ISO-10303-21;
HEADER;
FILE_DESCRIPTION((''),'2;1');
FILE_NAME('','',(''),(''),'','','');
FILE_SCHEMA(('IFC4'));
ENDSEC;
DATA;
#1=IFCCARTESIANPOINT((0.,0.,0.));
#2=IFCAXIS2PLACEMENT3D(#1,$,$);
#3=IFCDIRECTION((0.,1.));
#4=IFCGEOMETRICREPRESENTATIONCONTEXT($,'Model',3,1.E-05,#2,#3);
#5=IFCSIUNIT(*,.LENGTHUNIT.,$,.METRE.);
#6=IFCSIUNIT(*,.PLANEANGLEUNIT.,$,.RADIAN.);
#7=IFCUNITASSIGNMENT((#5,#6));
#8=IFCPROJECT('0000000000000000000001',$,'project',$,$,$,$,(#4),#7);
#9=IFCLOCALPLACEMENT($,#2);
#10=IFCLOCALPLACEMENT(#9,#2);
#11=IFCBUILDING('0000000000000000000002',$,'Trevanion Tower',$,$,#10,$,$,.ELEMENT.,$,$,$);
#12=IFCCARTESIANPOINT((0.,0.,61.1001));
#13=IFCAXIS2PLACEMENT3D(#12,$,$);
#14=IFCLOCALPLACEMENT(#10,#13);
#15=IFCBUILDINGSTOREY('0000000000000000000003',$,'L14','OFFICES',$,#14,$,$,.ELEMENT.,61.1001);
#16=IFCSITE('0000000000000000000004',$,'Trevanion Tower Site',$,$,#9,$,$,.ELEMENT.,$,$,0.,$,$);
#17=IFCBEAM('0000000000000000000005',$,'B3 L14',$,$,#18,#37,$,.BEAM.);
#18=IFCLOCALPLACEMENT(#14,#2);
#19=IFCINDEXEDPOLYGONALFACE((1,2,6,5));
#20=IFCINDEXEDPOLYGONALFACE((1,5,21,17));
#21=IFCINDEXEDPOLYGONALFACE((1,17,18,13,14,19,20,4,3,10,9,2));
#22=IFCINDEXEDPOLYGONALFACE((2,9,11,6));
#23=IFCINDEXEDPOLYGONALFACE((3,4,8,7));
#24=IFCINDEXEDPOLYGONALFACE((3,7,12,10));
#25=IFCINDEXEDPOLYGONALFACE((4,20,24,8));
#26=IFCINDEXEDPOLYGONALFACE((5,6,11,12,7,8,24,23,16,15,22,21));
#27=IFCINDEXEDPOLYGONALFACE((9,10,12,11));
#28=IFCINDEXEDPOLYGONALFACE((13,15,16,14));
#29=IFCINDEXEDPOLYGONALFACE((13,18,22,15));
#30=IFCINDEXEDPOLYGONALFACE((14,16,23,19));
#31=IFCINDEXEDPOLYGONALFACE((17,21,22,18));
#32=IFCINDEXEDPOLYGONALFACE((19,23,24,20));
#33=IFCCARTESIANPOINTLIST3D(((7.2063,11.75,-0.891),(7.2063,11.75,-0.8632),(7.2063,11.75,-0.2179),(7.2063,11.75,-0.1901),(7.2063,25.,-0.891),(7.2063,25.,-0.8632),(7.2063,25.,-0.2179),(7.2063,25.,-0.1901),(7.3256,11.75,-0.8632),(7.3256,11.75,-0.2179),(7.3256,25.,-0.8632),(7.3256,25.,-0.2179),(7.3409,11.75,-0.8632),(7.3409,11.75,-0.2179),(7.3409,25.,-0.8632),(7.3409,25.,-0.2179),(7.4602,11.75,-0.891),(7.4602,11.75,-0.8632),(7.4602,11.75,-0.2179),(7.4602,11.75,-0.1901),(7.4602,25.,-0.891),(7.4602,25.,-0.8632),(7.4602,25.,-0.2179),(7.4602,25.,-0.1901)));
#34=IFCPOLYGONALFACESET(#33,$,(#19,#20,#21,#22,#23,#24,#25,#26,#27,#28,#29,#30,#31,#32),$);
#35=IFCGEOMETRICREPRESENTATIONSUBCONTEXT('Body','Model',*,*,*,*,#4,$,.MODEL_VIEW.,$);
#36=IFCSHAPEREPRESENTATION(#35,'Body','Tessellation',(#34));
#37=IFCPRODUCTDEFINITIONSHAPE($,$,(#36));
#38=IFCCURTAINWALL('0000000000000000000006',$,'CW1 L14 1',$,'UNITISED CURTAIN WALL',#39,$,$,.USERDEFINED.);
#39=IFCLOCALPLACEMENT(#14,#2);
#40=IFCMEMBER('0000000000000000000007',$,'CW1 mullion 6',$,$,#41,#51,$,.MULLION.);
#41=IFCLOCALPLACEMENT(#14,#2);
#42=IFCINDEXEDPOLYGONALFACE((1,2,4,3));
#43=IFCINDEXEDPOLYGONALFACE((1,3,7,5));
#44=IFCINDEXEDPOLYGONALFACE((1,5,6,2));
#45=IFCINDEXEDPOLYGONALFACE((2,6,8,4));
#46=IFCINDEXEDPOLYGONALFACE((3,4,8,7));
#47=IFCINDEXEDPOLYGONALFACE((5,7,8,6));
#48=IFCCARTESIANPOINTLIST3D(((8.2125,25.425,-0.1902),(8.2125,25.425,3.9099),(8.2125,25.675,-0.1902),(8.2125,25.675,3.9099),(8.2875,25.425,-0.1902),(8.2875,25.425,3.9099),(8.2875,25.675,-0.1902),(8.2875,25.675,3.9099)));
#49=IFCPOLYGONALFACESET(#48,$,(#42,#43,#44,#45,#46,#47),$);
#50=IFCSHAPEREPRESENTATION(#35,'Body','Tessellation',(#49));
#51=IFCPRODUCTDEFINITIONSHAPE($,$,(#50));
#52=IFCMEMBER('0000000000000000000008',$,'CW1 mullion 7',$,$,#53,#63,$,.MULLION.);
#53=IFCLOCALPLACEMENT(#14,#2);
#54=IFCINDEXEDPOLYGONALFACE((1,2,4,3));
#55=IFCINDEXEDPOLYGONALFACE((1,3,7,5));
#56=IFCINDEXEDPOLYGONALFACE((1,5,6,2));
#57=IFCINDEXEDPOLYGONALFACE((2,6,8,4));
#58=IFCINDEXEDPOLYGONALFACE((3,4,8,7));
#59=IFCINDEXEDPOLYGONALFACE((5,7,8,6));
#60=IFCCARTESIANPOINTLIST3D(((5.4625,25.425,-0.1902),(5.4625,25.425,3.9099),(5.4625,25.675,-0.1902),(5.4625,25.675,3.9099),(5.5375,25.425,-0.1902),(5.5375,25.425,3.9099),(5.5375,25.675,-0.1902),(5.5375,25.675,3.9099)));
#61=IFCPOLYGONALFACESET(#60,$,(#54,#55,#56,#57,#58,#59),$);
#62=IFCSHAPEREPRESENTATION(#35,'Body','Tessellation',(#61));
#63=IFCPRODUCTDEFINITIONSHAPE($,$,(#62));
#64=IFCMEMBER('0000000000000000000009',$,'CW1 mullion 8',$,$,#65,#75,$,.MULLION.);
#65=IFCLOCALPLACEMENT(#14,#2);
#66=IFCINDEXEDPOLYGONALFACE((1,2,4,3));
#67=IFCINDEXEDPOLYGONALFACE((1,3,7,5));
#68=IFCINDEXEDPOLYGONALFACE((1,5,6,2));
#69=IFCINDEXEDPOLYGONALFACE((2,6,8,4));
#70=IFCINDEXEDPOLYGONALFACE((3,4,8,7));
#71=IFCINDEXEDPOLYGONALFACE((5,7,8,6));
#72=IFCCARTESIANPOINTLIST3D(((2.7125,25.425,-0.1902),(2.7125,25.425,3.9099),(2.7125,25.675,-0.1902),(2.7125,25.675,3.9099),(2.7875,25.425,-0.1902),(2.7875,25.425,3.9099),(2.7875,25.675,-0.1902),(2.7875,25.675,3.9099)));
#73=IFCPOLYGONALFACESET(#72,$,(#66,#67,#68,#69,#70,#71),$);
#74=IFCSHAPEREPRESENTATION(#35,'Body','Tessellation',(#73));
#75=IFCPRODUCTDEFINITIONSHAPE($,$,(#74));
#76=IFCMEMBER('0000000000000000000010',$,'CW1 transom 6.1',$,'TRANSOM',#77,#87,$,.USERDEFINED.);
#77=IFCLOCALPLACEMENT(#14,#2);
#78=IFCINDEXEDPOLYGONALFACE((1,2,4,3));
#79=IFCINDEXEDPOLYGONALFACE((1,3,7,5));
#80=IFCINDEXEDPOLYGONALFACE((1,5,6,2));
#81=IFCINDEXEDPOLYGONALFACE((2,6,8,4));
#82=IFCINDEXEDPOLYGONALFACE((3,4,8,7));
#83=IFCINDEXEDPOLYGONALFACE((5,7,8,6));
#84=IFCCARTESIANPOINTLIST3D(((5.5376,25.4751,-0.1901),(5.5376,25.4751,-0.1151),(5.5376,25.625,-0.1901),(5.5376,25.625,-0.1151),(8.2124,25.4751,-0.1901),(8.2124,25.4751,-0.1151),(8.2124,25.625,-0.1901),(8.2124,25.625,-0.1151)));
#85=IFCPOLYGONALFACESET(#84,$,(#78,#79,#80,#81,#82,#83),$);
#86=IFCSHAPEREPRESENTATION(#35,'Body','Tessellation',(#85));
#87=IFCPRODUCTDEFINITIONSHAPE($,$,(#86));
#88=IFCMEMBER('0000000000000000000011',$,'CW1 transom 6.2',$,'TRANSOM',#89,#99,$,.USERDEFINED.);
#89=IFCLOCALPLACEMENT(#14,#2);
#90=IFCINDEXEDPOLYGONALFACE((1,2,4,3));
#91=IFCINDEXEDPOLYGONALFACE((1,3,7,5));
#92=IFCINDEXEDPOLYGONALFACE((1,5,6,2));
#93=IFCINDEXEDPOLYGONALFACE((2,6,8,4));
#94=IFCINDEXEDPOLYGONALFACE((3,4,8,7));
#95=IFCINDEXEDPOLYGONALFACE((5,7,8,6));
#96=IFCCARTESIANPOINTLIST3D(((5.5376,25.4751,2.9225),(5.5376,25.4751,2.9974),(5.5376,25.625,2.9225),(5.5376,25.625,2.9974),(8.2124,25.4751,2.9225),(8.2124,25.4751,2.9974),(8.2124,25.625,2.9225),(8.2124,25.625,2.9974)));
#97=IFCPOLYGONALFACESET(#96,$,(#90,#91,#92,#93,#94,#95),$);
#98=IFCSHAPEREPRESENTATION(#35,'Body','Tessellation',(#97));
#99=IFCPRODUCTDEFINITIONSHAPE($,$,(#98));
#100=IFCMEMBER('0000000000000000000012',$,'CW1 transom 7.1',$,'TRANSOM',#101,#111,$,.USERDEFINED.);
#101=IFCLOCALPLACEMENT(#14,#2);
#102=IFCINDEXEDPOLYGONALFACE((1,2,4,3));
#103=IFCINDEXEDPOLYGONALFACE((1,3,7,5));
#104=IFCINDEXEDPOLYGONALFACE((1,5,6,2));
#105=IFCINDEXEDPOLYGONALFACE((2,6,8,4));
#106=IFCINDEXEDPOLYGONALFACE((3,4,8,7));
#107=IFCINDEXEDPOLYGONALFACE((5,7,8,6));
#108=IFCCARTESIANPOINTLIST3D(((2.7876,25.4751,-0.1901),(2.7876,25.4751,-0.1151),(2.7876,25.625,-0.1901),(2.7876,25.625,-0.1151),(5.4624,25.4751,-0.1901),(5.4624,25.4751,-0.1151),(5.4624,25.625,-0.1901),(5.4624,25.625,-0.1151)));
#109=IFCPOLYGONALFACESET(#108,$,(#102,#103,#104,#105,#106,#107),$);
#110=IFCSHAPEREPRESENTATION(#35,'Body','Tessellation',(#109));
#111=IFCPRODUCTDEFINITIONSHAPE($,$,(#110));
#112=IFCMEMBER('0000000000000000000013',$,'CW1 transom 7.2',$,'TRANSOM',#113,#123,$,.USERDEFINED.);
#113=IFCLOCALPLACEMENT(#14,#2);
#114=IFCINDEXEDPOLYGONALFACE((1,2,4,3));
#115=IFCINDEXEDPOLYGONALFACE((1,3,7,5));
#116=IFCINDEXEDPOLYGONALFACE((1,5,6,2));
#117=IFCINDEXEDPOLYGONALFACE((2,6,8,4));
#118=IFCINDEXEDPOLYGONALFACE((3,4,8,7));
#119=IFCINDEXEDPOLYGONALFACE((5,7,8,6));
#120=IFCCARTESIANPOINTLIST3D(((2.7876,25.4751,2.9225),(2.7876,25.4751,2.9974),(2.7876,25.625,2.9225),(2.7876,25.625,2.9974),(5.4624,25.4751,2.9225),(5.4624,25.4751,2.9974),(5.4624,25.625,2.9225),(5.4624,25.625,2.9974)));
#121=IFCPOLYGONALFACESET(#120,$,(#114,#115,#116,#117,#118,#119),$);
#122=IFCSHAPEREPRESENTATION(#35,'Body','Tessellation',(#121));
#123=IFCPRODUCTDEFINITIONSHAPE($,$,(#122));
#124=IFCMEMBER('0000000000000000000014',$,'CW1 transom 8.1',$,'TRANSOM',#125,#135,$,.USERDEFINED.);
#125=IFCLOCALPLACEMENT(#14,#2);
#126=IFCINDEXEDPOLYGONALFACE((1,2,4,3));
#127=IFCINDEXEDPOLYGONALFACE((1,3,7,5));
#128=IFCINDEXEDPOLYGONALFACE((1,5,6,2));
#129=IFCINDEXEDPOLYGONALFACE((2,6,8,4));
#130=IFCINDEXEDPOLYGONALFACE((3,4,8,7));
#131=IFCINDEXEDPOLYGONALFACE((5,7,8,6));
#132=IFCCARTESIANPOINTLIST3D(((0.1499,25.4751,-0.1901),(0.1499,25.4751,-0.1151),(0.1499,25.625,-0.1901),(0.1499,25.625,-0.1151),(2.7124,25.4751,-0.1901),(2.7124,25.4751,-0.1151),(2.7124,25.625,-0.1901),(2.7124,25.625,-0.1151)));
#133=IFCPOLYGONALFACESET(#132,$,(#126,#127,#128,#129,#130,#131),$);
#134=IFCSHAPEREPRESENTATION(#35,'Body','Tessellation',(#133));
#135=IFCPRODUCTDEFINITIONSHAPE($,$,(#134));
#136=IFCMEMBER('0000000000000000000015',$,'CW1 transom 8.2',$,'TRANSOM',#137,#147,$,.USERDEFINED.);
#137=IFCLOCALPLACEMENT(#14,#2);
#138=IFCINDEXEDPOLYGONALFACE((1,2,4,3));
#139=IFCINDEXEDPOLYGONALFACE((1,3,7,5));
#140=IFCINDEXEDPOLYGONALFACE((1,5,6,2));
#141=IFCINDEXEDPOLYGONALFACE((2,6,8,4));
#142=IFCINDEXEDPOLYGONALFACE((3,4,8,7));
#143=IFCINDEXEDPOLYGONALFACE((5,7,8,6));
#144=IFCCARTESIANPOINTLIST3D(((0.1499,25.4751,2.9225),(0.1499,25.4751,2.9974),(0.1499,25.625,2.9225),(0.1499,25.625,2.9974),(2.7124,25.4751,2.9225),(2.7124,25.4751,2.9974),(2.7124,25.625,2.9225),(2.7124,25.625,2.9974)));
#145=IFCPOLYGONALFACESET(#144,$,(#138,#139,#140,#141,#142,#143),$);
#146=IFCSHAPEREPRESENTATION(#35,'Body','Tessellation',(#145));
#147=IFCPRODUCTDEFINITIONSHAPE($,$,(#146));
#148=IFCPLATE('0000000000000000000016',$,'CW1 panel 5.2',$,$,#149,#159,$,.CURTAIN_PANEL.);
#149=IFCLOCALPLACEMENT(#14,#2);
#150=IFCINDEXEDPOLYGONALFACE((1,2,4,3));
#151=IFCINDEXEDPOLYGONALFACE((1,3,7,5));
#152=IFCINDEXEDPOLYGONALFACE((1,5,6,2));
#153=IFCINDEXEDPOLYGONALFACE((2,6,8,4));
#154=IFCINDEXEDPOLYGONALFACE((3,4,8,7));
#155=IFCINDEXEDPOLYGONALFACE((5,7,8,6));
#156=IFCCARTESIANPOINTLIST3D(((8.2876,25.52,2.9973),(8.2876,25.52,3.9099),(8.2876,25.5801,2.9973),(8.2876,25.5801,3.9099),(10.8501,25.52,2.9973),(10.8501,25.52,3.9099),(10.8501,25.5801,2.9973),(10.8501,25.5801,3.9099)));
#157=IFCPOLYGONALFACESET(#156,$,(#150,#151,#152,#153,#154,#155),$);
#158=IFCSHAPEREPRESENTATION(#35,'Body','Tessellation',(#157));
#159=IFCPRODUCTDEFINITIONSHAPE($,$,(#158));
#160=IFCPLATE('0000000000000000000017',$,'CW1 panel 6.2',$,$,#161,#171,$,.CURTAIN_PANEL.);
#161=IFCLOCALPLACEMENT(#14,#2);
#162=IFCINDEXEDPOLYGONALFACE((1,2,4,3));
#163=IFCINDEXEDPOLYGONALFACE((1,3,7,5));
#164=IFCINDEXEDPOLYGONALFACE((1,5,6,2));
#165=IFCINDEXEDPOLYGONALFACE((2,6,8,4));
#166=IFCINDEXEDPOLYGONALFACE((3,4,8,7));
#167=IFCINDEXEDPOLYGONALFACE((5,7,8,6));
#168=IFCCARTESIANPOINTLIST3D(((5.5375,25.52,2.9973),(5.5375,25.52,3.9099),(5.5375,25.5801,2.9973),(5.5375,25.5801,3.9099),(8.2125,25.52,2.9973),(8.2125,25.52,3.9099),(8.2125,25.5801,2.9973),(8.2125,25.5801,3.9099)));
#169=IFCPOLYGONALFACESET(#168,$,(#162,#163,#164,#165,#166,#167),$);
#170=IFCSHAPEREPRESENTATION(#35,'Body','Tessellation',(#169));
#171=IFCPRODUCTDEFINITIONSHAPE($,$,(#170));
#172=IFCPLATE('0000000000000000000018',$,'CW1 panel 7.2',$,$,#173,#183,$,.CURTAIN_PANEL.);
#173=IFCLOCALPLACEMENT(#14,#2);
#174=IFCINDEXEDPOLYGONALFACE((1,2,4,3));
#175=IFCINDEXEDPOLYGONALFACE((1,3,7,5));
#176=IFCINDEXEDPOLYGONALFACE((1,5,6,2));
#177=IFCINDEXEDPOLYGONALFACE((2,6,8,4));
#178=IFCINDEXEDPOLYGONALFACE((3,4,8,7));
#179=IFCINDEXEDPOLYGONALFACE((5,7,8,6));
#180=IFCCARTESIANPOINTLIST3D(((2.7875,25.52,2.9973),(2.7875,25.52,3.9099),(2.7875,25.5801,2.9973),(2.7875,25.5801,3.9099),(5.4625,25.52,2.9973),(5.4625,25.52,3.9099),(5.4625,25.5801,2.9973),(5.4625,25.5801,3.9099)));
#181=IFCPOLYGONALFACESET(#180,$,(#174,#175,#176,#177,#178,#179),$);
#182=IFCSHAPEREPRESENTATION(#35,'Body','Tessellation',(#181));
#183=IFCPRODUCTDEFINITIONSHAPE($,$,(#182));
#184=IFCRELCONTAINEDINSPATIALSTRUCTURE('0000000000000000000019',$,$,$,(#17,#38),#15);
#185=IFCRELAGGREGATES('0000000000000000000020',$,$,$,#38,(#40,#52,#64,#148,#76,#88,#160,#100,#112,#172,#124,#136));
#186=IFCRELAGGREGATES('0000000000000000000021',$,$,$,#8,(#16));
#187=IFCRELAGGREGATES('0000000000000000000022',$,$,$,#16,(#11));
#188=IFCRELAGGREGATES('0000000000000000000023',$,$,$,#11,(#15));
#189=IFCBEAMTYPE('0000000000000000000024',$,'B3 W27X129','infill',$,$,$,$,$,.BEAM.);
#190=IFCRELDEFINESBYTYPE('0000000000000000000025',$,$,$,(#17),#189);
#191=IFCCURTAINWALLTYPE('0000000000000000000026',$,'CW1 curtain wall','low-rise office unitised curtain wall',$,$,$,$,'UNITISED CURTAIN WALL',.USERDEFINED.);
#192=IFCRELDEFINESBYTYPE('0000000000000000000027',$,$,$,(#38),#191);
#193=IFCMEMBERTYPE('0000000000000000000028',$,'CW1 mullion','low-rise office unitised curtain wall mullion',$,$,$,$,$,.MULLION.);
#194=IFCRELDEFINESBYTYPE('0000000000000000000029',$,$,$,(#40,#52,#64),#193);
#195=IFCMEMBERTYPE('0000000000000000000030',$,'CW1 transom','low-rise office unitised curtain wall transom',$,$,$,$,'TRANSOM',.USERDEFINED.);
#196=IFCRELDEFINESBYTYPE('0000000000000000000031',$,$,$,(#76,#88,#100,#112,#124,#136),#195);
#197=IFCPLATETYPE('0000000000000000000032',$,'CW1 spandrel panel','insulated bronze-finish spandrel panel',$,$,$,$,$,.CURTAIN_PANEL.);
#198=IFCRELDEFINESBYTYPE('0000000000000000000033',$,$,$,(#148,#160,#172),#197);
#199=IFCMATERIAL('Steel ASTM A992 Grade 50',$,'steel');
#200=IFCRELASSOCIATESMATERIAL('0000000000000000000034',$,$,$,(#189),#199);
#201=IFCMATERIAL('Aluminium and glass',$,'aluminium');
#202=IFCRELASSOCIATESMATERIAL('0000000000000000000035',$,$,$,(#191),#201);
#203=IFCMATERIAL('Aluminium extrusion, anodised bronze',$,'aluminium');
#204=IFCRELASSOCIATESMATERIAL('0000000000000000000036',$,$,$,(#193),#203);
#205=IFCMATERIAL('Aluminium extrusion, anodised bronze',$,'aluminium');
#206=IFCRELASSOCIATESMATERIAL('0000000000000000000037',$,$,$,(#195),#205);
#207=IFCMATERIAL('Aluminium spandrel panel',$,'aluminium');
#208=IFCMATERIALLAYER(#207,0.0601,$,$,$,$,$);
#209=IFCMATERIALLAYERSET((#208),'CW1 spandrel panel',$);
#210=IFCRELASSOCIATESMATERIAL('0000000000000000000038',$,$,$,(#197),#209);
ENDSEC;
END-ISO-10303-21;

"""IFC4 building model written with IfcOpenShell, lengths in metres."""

from ifc_helpers import new_model, si_unit, direction, frame, origin, origin_2d, place, context, subcontext, project, spatial, rectangle, i_section, extrude, material, layer, layer_set, material_profile, profile_set, type_object, element, aggregate, save


model = new_model("IFC4")

# Units and contexts
model_context = context("Model", 3, precision=1e-05, world=origin(), true_north=direction((0.0, 1.0)))
body_context = subcontext(model_context, "Body", "Model", "MODEL_VIEW")
ifc_project = project(units=[si_unit("LENGTHUNIT", "METRE"), si_unit("PLANEANGLEUNIT", "RADIAN")], contexts=[model_context])

# Site, building, storey
site_placement = place(None, origin())
site = spatial("IfcSite", under=ifc_project, at=site_placement, Name="Trevanion Tower Site", CompositionType="ELEMENT", RefElevation=0.0)
building_placement = place(site_placement, origin())
building = spatial("IfcBuilding", under=site, at=building_placement, Name="Trevanion Tower", CompositionType="ELEMENT")
storey_placement = place(building_placement, frame((0.0, 0.0, 61.1001)))
storey = spatial("IfcBuildingStorey", under=building, at=storey_placement, Name="L14", Description="OFFICES", CompositionType="ELEMENT", Elevation=61.1001)

# Beam
ifc_material_1 = material(Name="Steel ASTM A992 Grade 50", Category="steel")
ifc_material_profile_1 = material_profile(ifc_material_1, i_section(OverallWidth=0.2539, OverallDepth=0.7009, WebThickness=0.0154, FlangeThickness=0.0278, at=origin_2d()), Name="W27X129")
ifc_profile_set_1 = profile_set([ifc_material_profile_1], Name="Steel ASTM A992 Grade 50")
beam_type = type_object("IfcBeamType", Name="B3 W27X129", Description="infill", PredefinedType="BEAM", material=ifc_profile_set_1)
beam_placement = place(storey_placement, frame((7.3333, 11.75, -0.5405), z_axis=(0.0, 1.0, 0.0), x_axis=(-1.0, 0.0, 0.0)))
element("IfcBeam", 1, at=beam_placement, inside=storey, type_object=beam_type, Name="B3 L14", PredefinedType="BEAM", context=body_context, shape_type="SweptSolid", body=[
    extrude(i_section(OverallWidth=0.2539, OverallDepth=0.7009, WebThickness=0.0154, FlangeThickness=0.0278, at=origin_2d()), origin(), (0.0, 0.0, 1.0), 13.25),
])

# Curtain wall, members, plates
ifc_material_2 = material(Name="Aluminium and glass", Category="aluminium")
curtain_wall_type = type_object("IfcCurtainWallType", Name="CW1 curtain wall", Description="low-rise office unitised curtain wall", ElementType="UNITISED CURTAIN WALL", PredefinedType="USERDEFINED", material=ifc_material_2)
curtain_wall_placement = place(storey_placement, origin())
curtain_wall = element("IfcCurtainWall", 2, at=curtain_wall_placement, inside=storey, type_object=curtain_wall_type, Name="CW1 L14 1", ObjectType="UNITISED CURTAIN WALL", PredefinedType="USERDEFINED")
ifc_material_3 = material(Name="Aluminium extrusion, anodised bronze", Category="aluminium")
ifc_material_profile_2 = material_profile(ifc_material_3, rectangle(XDim=0.075, YDim=0.25, at=origin_2d()), Name="CW1 mullion")
ifc_profile_set_2 = profile_set([ifc_material_profile_2], Name="Aluminium extrusion, anodised bronze")
member_type_1 = type_object("IfcMemberType", Name="CW1 mullion", Description="low-rise office unitised curtain wall mullion", PredefinedType="MULLION", material=ifc_profile_set_2)
member_1_placement = place(storey_placement, frame((8.25, 25.55, -0.1902), z_axis=(0.0, 0.0, 1.0), x_axis=(-1.0, 0.0, 0.0)))
member_1 = element("IfcMember", 3, at=member_1_placement, type_object=member_type_1, Name="CW1 mullion 6", PredefinedType="MULLION", context=body_context, shape_type="SweptSolid", body=[
    extrude(rectangle(XDim=0.075, YDim=0.25, at=origin_2d()), origin(), (0.0, 0.0, 1.0), 4.1001),
])
member_2_placement = place(storey_placement, frame((5.5, 25.55, -0.1902), z_axis=(0.0, 0.0, 1.0), x_axis=(-1.0, 0.0, 0.0)))
member_2 = element("IfcMember", 4, at=member_2_placement, type_object=member_type_1, Name="CW1 mullion 7", PredefinedType="MULLION", context=body_context, shape_type="SweptSolid", body=[
    extrude(rectangle(XDim=0.075, YDim=0.25, at=origin_2d()), origin(), (0.0, 0.0, 1.0), 4.1001),
])
member_3_placement = place(storey_placement, frame((2.75, 25.55, -0.1902), z_axis=(0.0, 0.0, 1.0), x_axis=(-1.0, 0.0, 0.0)))
member_3 = element("IfcMember", 5, at=member_3_placement, type_object=member_type_1, Name="CW1 mullion 8", PredefinedType="MULLION", context=body_context, shape_type="SweptSolid", body=[
    extrude(rectangle(XDim=0.075, YDim=0.25, at=origin_2d()), origin(), (0.0, 0.0, 1.0), 4.1001),
])
ifc_material_4 = material(Name="Aluminium extrusion, anodised bronze", Category="aluminium")
ifc_material_profile_3 = material_profile(ifc_material_4, rectangle(XDim=0.1499, YDim=0.075, at=origin_2d()), Name="CW1 transom")
ifc_profile_set_3 = profile_set([ifc_material_profile_3], Name="Aluminium extrusion, anodised bronze")
member_type_2 = type_object("IfcMemberType", Name="CW1 transom", Description="low-rise office unitised curtain wall transom", ElementType="TRANSOM", PredefinedType="USERDEFINED", material=ifc_profile_set_3)
member_4_placement = place(storey_placement, frame((8.2124, 25.55, -0.1526), z_axis=(-1.0, 0.0, 0.0), x_axis=(0.0, -1.0, 0.0)))
member_4 = element("IfcMember", 6, at=member_4_placement, type_object=member_type_2, Name="CW1 transom 6.1", ObjectType="TRANSOM", PredefinedType="USERDEFINED", context=body_context, shape_type="SweptSolid", body=[
    extrude(rectangle(XDim=0.1499, YDim=0.075, at=origin_2d()), origin(), (0.0, 0.0, 1.0), 2.6748),
])
member_5_placement = place(storey_placement, frame((8.2124, 25.55, 2.96), z_axis=(-1.0, 0.0, 0.0), x_axis=(0.0, -1.0, 0.0)))
member_5 = element("IfcMember", 7, at=member_5_placement, type_object=member_type_2, Name="CW1 transom 6.2", ObjectType="TRANSOM", PredefinedType="USERDEFINED", context=body_context, shape_type="SweptSolid", body=[
    extrude(rectangle(XDim=0.1499, YDim=0.075, at=origin_2d()), origin(), (0.0, 0.0, 1.0), 2.6748),
])
member_6_placement = place(storey_placement, frame((5.4624, 25.55, -0.1526), z_axis=(-1.0, 0.0, 0.0), x_axis=(0.0, -1.0, 0.0)))
member_6 = element("IfcMember", 8, at=member_6_placement, type_object=member_type_2, Name="CW1 transom 7.1", ObjectType="TRANSOM", PredefinedType="USERDEFINED", context=body_context, shape_type="SweptSolid", body=[
    extrude(rectangle(XDim=0.1499, YDim=0.075, at=origin_2d()), origin(), (0.0, 0.0, 1.0), 2.6748),
])
member_7_placement = place(storey_placement, frame((5.4624, 25.55, 2.96), z_axis=(-1.0, 0.0, 0.0), x_axis=(0.0, -1.0, 0.0)))
member_7 = element("IfcMember", 9, at=member_7_placement, type_object=member_type_2, Name="CW1 transom 7.2", ObjectType="TRANSOM", PredefinedType="USERDEFINED", context=body_context, shape_type="SweptSolid", body=[
    extrude(rectangle(XDim=0.1499, YDim=0.075, at=origin_2d()), origin(), (0.0, 0.0, 1.0), 2.6748),
])
member_8_placement = place(storey_placement, frame((2.7124, 25.55, -0.1526), z_axis=(-1.0, 0.0, 0.0), x_axis=(0.0, -1.0, 0.0)))
member_8 = element("IfcMember", 10, at=member_8_placement, type_object=member_type_2, Name="CW1 transom 8.1", ObjectType="TRANSOM", PredefinedType="USERDEFINED", context=body_context, shape_type="SweptSolid", body=[
    extrude(rectangle(XDim=0.1499, YDim=0.075, at=origin_2d()), origin(), (0.0, 0.0, 1.0), 2.5625),
])
member_9_placement = place(storey_placement, frame((2.7124, 25.55, 2.96), z_axis=(-1.0, 0.0, 0.0), x_axis=(0.0, -1.0, 0.0)))
member_9 = element("IfcMember", 11, at=member_9_placement, type_object=member_type_2, Name="CW1 transom 8.2", ObjectType="TRANSOM", PredefinedType="USERDEFINED", context=body_context, shape_type="SweptSolid", body=[
    extrude(rectangle(XDim=0.1499, YDim=0.075, at=origin_2d()), origin(), (0.0, 0.0, 1.0), 2.5625),
])
ifc_material_5 = material(Name="Aluminium spandrel panel", Category="aluminium")
ifc_layer_1 = layer(ifc_material_5, 0.0601)
ifc_layer_set_1 = layer_set([ifc_layer_1], Name="CW1 spandrel panel")
plate_type_1 = type_object("IfcPlateType", Name="CW1 spandrel panel", Description="insulated bronze-finish spandrel panel", PredefinedType="CURTAIN_PANEL", material=ifc_layer_set_1)
plate_1_placement = place(storey_placement, frame((9.5688, 25.55, 2.9973), z_axis=(0.0, 0.0, 1.0), x_axis=(-1.0, 0.0, 0.0)))
plate_1 = element("IfcPlate", 12, at=plate_1_placement, type_object=plate_type_1, Name="CW1 panel 5.2", PredefinedType="CURTAIN_PANEL", context=body_context, shape_type="SweptSolid", body=[
    extrude(rectangle(XDim=2.5625, YDim=0.0601, at=origin_2d()), origin(), (0.0, 0.0, 1.0), 0.9126),
])
plate_2_placement = place(storey_placement, frame((6.875, 25.55, 2.9973), z_axis=(0.0, 0.0, 1.0), x_axis=(-1.0, 0.0, 0.0)))
plate_2 = element("IfcPlate", 13, at=plate_2_placement, type_object=plate_type_1, Name="CW1 panel 6.2", PredefinedType="CURTAIN_PANEL", context=body_context, shape_type="SweptSolid", body=[
    extrude(rectangle(XDim=2.675, YDim=0.0601, at=origin_2d()), origin(), (0.0, 0.0, 1.0), 0.9126),
])
plate_3_placement = place(storey_placement, frame((4.125, 25.55, 2.9973), z_axis=(0.0, 0.0, 1.0), x_axis=(-1.0, 0.0, 0.0)))
plate_3 = element("IfcPlate", 14, at=plate_3_placement, type_object=plate_type_1, Name="CW1 panel 7.2", PredefinedType="CURTAIN_PANEL", context=body_context, shape_type="SweptSolid", body=[
    extrude(rectangle(XDim=2.675, YDim=0.0601, at=origin_2d()), origin(), (0.0, 0.0, 1.0), 0.9126),
])
aggregate(curtain_wall, [member_1, member_2, member_3, plate_1, member_4, member_5, plate_2, member_6, member_7, plate_3, member_8, member_9])

save(model, "model.ifc")
